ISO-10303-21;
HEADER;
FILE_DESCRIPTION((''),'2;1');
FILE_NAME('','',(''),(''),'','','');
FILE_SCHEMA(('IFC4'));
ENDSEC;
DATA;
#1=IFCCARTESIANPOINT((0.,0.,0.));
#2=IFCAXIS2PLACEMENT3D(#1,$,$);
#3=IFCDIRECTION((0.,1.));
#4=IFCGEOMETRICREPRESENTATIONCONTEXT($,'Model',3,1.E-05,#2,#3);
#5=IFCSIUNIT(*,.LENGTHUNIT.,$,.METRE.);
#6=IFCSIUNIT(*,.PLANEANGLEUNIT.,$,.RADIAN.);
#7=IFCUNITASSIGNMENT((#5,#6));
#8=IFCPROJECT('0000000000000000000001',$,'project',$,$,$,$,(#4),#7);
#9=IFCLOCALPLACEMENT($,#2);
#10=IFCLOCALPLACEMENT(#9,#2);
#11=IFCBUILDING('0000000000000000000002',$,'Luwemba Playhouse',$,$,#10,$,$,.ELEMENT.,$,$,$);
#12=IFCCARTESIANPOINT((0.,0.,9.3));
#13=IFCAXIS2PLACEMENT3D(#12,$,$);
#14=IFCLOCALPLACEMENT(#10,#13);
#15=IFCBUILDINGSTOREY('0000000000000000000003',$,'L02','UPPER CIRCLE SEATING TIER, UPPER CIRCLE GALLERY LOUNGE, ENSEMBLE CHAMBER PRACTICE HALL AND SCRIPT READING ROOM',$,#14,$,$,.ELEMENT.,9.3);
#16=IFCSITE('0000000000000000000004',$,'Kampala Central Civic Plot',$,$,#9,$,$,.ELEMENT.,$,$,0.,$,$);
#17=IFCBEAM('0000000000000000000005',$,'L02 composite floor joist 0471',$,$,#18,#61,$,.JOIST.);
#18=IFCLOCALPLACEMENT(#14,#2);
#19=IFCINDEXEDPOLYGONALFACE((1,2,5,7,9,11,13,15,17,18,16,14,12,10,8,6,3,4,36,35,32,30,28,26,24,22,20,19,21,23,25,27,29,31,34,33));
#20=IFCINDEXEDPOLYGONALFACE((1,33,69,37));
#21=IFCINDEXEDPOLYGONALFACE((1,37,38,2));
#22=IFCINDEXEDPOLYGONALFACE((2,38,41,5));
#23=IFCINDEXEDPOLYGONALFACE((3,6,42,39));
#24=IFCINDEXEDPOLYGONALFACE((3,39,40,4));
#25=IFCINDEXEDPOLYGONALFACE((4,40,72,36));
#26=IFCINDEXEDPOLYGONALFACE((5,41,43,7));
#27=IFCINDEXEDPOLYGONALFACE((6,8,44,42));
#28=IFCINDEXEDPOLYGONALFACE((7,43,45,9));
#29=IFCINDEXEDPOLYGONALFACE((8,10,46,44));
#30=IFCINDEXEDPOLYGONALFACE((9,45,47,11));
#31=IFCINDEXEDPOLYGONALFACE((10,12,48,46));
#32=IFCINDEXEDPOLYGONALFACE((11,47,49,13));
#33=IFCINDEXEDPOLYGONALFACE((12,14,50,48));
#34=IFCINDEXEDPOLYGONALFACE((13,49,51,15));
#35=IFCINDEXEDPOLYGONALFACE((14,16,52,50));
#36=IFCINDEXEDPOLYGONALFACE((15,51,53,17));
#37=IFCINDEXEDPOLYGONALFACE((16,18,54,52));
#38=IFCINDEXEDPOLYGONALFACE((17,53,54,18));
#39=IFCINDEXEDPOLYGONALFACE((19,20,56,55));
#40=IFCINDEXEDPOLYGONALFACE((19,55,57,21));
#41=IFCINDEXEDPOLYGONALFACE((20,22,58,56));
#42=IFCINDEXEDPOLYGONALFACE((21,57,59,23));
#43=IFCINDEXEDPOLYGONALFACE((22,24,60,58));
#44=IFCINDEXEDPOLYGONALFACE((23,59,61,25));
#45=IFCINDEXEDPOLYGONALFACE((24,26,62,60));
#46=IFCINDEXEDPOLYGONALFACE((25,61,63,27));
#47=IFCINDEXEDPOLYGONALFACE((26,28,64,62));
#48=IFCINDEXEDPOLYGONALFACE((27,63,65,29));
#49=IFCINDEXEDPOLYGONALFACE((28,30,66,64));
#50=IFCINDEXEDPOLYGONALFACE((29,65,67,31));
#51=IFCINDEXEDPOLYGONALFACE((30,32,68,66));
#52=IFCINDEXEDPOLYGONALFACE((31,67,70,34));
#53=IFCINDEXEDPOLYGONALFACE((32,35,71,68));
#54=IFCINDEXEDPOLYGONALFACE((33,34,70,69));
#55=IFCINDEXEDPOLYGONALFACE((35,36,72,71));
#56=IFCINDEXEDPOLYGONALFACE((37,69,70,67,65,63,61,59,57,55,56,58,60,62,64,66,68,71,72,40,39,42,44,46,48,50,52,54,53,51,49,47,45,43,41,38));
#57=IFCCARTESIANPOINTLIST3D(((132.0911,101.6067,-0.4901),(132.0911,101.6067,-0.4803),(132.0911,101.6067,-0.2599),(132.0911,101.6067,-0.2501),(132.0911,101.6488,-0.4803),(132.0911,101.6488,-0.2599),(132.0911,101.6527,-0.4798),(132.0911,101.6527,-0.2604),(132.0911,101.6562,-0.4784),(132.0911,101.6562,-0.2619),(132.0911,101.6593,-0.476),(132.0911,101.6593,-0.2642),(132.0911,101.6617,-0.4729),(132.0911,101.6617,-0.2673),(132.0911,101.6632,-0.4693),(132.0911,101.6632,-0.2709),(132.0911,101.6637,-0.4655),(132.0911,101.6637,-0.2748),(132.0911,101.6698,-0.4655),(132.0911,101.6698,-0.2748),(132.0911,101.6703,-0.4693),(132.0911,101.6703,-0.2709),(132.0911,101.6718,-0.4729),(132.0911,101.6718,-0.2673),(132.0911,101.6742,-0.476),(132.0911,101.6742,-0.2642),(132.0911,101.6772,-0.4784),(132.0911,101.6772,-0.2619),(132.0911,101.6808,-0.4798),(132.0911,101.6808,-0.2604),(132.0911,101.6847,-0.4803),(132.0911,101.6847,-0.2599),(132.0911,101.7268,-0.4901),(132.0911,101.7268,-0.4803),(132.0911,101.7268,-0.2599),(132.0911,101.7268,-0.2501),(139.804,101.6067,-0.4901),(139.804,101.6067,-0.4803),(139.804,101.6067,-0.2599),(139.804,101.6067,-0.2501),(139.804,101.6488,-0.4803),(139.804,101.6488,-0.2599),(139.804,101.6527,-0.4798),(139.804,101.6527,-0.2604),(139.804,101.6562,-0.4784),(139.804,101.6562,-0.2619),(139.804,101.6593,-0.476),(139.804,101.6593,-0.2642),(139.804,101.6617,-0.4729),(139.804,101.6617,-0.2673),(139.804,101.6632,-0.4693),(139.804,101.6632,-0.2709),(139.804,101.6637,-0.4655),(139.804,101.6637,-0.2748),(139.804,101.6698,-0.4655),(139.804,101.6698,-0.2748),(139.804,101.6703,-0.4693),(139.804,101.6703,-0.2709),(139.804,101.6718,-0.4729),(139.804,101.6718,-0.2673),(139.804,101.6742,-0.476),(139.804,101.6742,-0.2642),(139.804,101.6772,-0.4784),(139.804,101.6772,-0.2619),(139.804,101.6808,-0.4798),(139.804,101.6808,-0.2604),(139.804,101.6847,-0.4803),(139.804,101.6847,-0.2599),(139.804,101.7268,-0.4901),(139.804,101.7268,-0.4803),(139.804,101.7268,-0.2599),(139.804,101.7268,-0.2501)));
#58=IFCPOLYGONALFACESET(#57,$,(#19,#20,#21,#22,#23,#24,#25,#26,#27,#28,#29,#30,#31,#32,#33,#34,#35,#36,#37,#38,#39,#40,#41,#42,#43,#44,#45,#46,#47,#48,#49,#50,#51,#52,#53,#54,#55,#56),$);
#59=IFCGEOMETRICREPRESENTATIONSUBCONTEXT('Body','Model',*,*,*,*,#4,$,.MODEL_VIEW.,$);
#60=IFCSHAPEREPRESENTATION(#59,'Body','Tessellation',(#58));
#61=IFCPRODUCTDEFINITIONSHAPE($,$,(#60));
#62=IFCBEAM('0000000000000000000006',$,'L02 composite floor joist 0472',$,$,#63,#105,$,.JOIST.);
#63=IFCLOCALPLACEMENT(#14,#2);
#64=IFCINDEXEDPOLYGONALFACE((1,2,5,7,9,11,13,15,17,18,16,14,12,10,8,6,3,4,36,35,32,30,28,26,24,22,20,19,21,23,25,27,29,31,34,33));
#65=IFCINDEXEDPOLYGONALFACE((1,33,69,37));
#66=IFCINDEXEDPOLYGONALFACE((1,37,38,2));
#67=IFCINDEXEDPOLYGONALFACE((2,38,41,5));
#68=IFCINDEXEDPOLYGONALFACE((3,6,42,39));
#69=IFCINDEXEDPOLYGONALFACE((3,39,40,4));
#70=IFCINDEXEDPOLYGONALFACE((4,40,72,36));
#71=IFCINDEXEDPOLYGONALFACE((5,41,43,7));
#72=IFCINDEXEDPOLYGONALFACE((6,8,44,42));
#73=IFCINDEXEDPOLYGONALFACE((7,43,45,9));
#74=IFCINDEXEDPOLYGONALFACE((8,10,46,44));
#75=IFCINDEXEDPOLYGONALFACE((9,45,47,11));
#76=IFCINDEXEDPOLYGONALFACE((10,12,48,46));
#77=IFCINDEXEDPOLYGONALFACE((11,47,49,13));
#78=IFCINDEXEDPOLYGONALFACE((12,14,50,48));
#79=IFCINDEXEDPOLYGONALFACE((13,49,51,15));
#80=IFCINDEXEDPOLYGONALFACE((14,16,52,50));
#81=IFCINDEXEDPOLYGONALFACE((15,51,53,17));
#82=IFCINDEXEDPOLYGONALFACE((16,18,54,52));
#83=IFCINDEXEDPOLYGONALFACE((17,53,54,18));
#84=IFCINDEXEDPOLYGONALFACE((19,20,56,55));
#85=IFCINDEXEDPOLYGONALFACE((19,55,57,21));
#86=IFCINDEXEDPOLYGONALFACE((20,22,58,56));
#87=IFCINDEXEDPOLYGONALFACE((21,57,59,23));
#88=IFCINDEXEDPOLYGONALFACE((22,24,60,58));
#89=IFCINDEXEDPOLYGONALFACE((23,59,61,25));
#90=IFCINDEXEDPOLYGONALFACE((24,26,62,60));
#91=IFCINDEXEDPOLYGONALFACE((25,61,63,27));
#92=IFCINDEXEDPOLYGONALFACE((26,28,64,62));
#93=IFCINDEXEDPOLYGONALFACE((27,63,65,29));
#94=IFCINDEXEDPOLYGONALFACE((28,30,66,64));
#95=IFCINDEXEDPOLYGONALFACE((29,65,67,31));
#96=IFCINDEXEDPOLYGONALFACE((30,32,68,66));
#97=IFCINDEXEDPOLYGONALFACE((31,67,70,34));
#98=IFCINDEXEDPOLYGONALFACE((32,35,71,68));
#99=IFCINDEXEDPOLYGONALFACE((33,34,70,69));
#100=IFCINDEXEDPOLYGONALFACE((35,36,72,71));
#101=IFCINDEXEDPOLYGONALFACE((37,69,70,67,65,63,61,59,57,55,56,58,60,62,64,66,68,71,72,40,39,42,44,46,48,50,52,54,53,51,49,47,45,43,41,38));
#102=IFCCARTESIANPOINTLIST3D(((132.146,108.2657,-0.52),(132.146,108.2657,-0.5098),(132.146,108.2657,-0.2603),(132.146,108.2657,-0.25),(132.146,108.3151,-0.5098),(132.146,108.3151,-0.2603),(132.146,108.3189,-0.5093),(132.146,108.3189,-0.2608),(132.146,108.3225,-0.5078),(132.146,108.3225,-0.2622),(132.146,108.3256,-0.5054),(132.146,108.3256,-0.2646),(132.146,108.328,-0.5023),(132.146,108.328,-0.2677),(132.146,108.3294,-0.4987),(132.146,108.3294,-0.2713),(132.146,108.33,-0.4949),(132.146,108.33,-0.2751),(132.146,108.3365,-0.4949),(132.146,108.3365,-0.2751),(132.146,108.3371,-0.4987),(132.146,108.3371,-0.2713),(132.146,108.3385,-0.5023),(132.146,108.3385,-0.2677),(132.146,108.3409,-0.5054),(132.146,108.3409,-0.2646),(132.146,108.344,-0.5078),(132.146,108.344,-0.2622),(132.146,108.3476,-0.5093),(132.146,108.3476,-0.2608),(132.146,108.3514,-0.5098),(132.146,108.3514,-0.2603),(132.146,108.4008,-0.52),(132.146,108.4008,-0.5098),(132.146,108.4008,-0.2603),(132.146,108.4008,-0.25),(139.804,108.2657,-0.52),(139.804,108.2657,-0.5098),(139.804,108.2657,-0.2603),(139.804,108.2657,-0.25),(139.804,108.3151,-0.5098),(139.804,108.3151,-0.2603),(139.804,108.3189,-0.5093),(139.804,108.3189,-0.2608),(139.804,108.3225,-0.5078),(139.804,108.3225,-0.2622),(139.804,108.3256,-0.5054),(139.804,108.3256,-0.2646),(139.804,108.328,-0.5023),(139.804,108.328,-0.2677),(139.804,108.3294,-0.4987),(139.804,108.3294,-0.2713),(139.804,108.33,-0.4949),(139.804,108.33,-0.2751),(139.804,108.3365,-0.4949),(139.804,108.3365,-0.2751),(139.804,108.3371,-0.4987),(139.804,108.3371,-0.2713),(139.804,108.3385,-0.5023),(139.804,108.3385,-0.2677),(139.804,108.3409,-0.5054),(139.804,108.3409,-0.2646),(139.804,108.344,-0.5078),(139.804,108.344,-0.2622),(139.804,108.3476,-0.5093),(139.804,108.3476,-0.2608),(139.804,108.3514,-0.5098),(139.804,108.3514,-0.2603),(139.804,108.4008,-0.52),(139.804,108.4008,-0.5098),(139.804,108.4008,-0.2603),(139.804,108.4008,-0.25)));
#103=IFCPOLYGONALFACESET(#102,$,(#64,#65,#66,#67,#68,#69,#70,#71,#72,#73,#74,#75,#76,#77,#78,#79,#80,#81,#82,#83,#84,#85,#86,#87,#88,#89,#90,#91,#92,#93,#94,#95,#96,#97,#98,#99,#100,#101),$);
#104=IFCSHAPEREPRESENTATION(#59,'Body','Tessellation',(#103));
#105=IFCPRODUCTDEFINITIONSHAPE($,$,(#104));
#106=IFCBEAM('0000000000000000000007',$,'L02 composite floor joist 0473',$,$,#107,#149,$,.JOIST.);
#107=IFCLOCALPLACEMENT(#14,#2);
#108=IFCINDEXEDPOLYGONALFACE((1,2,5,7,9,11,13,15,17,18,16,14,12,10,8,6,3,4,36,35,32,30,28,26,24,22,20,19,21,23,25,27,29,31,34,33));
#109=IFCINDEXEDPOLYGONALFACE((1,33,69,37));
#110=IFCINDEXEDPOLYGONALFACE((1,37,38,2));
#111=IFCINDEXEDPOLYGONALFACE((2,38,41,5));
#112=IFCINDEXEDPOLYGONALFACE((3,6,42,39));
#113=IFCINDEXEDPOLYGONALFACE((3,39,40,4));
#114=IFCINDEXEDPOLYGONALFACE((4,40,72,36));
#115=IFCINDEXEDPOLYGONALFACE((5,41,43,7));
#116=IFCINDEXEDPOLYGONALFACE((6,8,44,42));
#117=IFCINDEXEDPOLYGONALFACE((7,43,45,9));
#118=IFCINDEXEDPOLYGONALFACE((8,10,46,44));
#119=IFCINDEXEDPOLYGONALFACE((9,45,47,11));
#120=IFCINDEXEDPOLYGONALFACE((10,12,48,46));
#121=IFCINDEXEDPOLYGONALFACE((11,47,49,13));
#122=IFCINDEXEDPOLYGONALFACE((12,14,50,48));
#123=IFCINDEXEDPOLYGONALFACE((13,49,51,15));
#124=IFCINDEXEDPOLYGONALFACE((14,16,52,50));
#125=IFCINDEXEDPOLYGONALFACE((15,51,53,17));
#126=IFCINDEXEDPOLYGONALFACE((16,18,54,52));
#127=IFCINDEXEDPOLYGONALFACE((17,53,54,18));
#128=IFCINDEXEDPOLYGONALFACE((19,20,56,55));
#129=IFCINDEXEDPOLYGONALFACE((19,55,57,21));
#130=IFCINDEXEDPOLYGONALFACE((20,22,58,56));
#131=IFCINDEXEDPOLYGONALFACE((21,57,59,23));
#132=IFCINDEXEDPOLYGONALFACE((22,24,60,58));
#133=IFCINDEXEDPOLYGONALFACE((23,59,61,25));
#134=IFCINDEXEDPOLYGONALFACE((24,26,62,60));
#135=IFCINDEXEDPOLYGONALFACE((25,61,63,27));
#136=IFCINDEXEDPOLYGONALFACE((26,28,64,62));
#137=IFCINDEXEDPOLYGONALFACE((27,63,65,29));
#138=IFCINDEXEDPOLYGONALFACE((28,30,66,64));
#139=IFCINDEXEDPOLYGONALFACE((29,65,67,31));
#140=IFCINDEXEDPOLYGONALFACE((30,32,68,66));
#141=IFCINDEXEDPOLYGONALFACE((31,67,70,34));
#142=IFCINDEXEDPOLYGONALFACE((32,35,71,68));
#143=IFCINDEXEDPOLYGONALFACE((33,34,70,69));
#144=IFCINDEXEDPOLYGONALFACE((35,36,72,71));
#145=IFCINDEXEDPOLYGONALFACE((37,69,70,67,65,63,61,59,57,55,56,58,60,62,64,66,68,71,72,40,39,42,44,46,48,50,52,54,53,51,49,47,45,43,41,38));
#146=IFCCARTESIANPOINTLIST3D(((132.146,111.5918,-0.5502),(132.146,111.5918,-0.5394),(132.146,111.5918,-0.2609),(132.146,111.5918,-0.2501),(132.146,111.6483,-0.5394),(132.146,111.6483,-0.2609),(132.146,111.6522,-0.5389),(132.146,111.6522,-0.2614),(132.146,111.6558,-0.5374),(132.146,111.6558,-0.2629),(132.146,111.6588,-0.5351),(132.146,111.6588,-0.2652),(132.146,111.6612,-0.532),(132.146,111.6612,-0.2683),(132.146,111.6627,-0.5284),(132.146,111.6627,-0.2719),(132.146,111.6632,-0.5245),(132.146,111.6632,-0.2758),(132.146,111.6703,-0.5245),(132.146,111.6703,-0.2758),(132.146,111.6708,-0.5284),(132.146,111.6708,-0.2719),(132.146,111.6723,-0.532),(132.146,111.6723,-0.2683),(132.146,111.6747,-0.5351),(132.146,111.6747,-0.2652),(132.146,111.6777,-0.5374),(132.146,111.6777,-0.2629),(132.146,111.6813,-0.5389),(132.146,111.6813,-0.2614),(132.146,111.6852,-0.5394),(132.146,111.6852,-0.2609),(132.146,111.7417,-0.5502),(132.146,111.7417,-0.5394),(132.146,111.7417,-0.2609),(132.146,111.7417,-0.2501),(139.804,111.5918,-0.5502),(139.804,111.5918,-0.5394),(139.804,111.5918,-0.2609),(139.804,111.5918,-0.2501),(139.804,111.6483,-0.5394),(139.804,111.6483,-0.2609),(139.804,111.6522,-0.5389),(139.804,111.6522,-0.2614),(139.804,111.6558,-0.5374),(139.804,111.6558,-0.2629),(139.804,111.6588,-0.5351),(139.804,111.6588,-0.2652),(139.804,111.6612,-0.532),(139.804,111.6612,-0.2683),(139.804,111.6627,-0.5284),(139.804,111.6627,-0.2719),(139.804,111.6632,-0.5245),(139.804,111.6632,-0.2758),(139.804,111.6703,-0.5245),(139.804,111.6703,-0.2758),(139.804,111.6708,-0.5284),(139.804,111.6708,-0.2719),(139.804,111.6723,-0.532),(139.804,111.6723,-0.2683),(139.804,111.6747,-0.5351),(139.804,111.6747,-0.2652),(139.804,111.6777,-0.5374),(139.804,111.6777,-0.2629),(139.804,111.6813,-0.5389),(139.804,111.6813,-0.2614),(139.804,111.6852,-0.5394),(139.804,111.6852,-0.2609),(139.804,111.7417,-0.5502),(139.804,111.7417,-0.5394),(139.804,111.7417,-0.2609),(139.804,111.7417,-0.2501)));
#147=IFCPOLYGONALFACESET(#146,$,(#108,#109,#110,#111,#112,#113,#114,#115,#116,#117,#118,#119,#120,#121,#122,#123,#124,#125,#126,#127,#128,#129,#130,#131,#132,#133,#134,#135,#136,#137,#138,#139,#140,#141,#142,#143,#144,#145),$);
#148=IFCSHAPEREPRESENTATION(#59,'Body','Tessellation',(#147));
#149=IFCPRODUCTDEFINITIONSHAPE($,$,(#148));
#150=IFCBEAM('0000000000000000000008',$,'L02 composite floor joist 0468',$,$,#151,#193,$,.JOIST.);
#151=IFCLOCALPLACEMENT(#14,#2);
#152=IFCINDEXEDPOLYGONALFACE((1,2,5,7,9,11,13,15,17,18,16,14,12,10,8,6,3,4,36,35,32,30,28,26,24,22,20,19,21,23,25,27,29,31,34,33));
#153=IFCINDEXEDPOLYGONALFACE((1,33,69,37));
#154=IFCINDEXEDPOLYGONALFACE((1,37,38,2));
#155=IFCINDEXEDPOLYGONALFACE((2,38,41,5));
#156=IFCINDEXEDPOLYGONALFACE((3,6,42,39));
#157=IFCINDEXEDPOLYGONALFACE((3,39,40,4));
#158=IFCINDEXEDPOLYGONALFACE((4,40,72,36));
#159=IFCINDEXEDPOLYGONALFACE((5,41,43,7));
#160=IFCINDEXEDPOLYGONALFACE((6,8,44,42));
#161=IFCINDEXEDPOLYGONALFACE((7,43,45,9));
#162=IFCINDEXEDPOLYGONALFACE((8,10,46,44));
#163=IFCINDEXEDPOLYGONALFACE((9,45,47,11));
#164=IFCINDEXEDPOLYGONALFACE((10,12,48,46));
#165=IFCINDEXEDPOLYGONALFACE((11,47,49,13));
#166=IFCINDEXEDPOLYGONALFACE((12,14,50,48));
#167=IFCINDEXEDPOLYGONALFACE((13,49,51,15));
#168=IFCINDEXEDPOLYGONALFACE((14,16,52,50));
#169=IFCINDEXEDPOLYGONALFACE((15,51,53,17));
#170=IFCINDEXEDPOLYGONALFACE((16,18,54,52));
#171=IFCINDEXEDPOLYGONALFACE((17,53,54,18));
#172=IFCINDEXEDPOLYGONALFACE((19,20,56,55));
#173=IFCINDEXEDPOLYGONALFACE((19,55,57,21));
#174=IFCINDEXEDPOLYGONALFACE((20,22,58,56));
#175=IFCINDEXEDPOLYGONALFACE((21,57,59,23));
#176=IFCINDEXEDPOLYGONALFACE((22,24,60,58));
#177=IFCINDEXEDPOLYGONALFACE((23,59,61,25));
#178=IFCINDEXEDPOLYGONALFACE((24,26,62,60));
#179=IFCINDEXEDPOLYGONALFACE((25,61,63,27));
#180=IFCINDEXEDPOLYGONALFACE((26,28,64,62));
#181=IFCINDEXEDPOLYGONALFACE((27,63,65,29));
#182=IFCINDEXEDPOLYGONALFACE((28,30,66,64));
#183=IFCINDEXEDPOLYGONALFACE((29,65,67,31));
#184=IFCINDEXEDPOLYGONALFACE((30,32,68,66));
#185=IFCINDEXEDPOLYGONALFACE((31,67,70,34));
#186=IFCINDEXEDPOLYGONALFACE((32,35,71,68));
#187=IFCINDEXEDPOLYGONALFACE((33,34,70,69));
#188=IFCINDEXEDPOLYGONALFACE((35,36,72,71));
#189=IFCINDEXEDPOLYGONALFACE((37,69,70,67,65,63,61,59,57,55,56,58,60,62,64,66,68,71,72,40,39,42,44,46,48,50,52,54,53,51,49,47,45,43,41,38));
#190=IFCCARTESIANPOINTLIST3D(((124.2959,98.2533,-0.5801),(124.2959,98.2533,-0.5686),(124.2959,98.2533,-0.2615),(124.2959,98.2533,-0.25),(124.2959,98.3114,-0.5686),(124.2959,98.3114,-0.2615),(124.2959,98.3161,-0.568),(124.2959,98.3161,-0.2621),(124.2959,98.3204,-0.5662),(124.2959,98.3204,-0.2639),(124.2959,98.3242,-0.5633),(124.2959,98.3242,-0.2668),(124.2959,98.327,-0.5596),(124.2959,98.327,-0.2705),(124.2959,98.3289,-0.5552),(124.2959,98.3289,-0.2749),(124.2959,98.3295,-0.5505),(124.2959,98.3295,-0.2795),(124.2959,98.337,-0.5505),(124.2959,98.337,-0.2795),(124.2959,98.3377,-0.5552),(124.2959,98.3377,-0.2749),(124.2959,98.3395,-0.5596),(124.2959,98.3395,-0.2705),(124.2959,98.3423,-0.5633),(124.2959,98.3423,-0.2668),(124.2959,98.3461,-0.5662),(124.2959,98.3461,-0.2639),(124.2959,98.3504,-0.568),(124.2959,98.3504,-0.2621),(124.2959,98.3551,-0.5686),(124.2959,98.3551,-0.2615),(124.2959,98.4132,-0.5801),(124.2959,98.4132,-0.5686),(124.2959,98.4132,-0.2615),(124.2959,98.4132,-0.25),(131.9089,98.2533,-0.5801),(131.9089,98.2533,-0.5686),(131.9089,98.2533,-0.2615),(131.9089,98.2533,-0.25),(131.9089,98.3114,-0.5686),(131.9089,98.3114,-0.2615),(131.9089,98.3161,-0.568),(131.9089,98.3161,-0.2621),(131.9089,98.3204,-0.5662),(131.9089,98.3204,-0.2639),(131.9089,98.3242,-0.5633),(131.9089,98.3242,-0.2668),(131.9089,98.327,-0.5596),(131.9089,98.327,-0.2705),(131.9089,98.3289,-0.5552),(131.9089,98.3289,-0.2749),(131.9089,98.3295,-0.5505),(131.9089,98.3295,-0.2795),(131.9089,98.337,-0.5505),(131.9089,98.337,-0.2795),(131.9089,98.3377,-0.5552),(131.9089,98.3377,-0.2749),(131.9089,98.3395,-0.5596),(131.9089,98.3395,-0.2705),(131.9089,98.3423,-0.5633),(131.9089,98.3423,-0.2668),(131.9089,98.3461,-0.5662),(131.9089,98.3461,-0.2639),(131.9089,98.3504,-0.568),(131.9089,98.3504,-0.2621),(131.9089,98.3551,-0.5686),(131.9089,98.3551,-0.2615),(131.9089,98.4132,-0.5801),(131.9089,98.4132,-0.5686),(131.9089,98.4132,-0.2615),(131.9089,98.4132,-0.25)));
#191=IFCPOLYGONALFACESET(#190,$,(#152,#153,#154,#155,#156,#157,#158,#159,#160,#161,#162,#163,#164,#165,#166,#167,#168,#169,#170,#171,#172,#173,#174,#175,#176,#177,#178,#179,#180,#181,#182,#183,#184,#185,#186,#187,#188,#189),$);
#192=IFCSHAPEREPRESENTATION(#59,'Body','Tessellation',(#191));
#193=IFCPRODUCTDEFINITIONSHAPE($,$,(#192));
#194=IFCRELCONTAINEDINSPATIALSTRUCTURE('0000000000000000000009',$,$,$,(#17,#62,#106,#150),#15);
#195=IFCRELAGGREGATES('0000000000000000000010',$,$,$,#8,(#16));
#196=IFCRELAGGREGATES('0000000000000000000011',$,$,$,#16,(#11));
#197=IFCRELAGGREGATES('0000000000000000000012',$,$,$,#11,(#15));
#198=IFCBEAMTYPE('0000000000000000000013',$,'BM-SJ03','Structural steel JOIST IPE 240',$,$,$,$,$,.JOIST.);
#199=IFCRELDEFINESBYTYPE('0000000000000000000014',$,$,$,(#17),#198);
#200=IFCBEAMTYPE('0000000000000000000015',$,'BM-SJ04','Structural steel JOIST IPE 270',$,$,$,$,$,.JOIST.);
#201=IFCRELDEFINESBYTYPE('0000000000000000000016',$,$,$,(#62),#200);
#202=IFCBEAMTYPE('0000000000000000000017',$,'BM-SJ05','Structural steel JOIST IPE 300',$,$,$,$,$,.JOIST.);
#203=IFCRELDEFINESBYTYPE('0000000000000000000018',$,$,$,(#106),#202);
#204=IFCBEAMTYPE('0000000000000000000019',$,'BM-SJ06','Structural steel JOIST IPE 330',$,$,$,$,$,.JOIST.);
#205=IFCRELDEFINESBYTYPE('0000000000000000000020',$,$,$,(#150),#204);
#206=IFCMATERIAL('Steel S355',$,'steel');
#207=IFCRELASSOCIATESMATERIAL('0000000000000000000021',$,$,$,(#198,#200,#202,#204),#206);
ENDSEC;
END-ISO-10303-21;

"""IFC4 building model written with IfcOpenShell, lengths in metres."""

from ifc_helpers import new_model, si_unit, direction, frame, origin, origin_2d, place, context, subcontext, project, spatial, i_section, extrude, material, material_profile, profile_set, type_object, element, save


model = new_model("IFC4")

# Units and contexts
model_context = context("Model", 3, precision=1e-05, world=origin(), true_north=direction((0.0, 1.0)))
body_context = subcontext(model_context, "Body", "Model", "MODEL_VIEW")
ifc_project = project(units=[si_unit("LENGTHUNIT", "METRE"), si_unit("PLANEANGLEUNIT", "RADIAN")], contexts=[model_context])

# Site, building, storey
site_placement = place(None, origin())
site = spatial("IfcSite", under=ifc_project, at=site_placement, Name="Kampala Central Civic Plot", CompositionType="ELEMENT", RefElevation=0.0)
building_placement = place(site_placement, origin())
building = spatial("IfcBuilding", under=site, at=building_placement, Name="Luwemba Playhouse", CompositionType="ELEMENT")
storey_placement = place(building_placement, frame((0.0, 0.0, 9.3)))
storey = spatial("IfcBuildingStorey", under=building, at=storey_placement, Name="L02", Description="UPPER CIRCLE SEATING TIER, UPPER CIRCLE GALLERY LOUNGE, ENSEMBLE CHAMBER PRACTICE HALL AND SCRIPT READING ROOM", CompositionType="ELEMENT", Elevation=9.3)

# Beams
ifc_material_1 = material(Name="Steel S355", Category="steel")
ifc_material_profile_1 = material_profile(ifc_material_1, i_section(OverallWidth=0.1201, OverallDepth=0.24, WebThickness=0.0061, FlangeThickness=0.0098, FilletRadius=0.0149, at=origin_2d()))
ifc_profile_set_1 = profile_set([ifc_material_profile_1], Name="Steel S355")
beam_type_1 = type_object("IfcBeamType", Name="BM-SJ03", Description="Structural steel JOIST IPE 240", PredefinedType="JOIST", material=ifc_profile_set_1)
beam_1_placement = place(storey_placement, frame((132.0911, 101.6667, -0.3701), z_axis=(1.0, 0.0, 0.0), x_axis=(0.0, 1.0, 0.0)))
element("IfcBeam", 1, at=beam_1_placement, inside=storey, type_object=beam_type_1, Name="L02 composite floor joist 0471", PredefinedType="JOIST", context=body_context, shape_type="SweptSolid", body=[
    extrude(i_section(OverallWidth=0.1201, OverallDepth=0.24, WebThickness=0.0061, FlangeThickness=0.0098, FilletRadius=0.0149, at=origin_2d()), origin(), (0.0, 0.0, 1.0), 7.7129),
])
ifc_material_profile_2 = material_profile(ifc_material_1, i_section(OverallWidth=0.135, OverallDepth=0.27, WebThickness=0.0066, FlangeThickness=0.0103, FilletRadius=0.0149, at=origin_2d()))
ifc_profile_set_2 = profile_set([ifc_material_profile_2], Name="Steel S355")
beam_type_2 = type_object("IfcBeamType", Name="BM-SJ04", Description="Structural steel JOIST IPE 270", PredefinedType="JOIST", material=ifc_profile_set_2)
beam_2_placement = place(storey_placement, frame((132.146, 108.3333, -0.385), z_axis=(1.0, 0.0, 0.0), x_axis=(0.0, 1.0, 0.0)))
element("IfcBeam", 2, at=beam_2_placement, inside=storey, type_object=beam_type_2, Name="L02 composite floor joist 0472", PredefinedType="JOIST", context=body_context, shape_type="SweptSolid", body=[
    extrude(i_section(OverallWidth=0.135, OverallDepth=0.27, WebThickness=0.0066, FlangeThickness=0.0103, FilletRadius=0.0149, at=origin_2d()), origin(), (0.0, 0.0, 1.0), 7.658),
])
ifc_material_profile_3 = material_profile(ifc_material_1, i_section(OverallWidth=0.1499, OverallDepth=0.3, WebThickness=0.0071, FlangeThickness=0.0107, FilletRadius=0.0149, at=origin_2d()))
ifc_profile_set_3 = profile_set([ifc_material_profile_3], Name="Steel S355")
beam_type_3 = type_object("IfcBeamType", Name="BM-SJ05", Description="Structural steel JOIST IPE 300", PredefinedType="JOIST", material=ifc_profile_set_3)
beam_3_placement = place(storey_placement, frame((132.146, 111.6667, -0.4001), z_axis=(1.0, 0.0, 0.0), x_axis=(0.0, 1.0, 0.0)))
element("IfcBeam", 3, at=beam_3_placement, inside=storey, type_object=beam_type_3, Name="L02 composite floor joist 0473", PredefinedType="JOIST", context=body_context, shape_type="SweptSolid", body=[
    extrude(i_section(OverallWidth=0.1499, OverallDepth=0.3, WebThickness=0.0071, FlangeThickness=0.0107, FilletRadius=0.0149, at=origin_2d()), origin(), (0.0, 0.0, 1.0), 7.658),
])
ifc_material_profile_4 = material_profile(ifc_material_1, i_section(OverallWidth=0.1599, OverallDepth=0.3301, WebThickness=0.0076, FlangeThickness=0.0115, FilletRadius=0.0181, at=origin_2d()))
ifc_profile_set_4 = profile_set([ifc_material_profile_4], Name="Steel S355")
beam_type_4 = type_object("IfcBeamType", Name="BM-SJ06", Description="Structural steel JOIST IPE 330", PredefinedType="JOIST", material=ifc_profile_set_4)
beam_4_placement = place(storey_placement, frame((124.2959, 98.3333, -0.415), z_axis=(1.0, 0.0, 0.0), x_axis=(0.0, 1.0, 0.0)))
element("IfcBeam", 4, at=beam_4_placement, inside=storey, type_object=beam_type_4, Name="L02 composite floor joist 0468", PredefinedType="JOIST", context=body_context, shape_type="SweptSolid", body=[
    extrude(i_section(OverallWidth=0.1599, OverallDepth=0.3301, WebThickness=0.0076, FlangeThickness=0.0115, FilletRadius=0.0181, at=origin_2d()), origin(), (0.0, 0.0, 1.0), 7.613),
])

save(model, "model.ifc")
